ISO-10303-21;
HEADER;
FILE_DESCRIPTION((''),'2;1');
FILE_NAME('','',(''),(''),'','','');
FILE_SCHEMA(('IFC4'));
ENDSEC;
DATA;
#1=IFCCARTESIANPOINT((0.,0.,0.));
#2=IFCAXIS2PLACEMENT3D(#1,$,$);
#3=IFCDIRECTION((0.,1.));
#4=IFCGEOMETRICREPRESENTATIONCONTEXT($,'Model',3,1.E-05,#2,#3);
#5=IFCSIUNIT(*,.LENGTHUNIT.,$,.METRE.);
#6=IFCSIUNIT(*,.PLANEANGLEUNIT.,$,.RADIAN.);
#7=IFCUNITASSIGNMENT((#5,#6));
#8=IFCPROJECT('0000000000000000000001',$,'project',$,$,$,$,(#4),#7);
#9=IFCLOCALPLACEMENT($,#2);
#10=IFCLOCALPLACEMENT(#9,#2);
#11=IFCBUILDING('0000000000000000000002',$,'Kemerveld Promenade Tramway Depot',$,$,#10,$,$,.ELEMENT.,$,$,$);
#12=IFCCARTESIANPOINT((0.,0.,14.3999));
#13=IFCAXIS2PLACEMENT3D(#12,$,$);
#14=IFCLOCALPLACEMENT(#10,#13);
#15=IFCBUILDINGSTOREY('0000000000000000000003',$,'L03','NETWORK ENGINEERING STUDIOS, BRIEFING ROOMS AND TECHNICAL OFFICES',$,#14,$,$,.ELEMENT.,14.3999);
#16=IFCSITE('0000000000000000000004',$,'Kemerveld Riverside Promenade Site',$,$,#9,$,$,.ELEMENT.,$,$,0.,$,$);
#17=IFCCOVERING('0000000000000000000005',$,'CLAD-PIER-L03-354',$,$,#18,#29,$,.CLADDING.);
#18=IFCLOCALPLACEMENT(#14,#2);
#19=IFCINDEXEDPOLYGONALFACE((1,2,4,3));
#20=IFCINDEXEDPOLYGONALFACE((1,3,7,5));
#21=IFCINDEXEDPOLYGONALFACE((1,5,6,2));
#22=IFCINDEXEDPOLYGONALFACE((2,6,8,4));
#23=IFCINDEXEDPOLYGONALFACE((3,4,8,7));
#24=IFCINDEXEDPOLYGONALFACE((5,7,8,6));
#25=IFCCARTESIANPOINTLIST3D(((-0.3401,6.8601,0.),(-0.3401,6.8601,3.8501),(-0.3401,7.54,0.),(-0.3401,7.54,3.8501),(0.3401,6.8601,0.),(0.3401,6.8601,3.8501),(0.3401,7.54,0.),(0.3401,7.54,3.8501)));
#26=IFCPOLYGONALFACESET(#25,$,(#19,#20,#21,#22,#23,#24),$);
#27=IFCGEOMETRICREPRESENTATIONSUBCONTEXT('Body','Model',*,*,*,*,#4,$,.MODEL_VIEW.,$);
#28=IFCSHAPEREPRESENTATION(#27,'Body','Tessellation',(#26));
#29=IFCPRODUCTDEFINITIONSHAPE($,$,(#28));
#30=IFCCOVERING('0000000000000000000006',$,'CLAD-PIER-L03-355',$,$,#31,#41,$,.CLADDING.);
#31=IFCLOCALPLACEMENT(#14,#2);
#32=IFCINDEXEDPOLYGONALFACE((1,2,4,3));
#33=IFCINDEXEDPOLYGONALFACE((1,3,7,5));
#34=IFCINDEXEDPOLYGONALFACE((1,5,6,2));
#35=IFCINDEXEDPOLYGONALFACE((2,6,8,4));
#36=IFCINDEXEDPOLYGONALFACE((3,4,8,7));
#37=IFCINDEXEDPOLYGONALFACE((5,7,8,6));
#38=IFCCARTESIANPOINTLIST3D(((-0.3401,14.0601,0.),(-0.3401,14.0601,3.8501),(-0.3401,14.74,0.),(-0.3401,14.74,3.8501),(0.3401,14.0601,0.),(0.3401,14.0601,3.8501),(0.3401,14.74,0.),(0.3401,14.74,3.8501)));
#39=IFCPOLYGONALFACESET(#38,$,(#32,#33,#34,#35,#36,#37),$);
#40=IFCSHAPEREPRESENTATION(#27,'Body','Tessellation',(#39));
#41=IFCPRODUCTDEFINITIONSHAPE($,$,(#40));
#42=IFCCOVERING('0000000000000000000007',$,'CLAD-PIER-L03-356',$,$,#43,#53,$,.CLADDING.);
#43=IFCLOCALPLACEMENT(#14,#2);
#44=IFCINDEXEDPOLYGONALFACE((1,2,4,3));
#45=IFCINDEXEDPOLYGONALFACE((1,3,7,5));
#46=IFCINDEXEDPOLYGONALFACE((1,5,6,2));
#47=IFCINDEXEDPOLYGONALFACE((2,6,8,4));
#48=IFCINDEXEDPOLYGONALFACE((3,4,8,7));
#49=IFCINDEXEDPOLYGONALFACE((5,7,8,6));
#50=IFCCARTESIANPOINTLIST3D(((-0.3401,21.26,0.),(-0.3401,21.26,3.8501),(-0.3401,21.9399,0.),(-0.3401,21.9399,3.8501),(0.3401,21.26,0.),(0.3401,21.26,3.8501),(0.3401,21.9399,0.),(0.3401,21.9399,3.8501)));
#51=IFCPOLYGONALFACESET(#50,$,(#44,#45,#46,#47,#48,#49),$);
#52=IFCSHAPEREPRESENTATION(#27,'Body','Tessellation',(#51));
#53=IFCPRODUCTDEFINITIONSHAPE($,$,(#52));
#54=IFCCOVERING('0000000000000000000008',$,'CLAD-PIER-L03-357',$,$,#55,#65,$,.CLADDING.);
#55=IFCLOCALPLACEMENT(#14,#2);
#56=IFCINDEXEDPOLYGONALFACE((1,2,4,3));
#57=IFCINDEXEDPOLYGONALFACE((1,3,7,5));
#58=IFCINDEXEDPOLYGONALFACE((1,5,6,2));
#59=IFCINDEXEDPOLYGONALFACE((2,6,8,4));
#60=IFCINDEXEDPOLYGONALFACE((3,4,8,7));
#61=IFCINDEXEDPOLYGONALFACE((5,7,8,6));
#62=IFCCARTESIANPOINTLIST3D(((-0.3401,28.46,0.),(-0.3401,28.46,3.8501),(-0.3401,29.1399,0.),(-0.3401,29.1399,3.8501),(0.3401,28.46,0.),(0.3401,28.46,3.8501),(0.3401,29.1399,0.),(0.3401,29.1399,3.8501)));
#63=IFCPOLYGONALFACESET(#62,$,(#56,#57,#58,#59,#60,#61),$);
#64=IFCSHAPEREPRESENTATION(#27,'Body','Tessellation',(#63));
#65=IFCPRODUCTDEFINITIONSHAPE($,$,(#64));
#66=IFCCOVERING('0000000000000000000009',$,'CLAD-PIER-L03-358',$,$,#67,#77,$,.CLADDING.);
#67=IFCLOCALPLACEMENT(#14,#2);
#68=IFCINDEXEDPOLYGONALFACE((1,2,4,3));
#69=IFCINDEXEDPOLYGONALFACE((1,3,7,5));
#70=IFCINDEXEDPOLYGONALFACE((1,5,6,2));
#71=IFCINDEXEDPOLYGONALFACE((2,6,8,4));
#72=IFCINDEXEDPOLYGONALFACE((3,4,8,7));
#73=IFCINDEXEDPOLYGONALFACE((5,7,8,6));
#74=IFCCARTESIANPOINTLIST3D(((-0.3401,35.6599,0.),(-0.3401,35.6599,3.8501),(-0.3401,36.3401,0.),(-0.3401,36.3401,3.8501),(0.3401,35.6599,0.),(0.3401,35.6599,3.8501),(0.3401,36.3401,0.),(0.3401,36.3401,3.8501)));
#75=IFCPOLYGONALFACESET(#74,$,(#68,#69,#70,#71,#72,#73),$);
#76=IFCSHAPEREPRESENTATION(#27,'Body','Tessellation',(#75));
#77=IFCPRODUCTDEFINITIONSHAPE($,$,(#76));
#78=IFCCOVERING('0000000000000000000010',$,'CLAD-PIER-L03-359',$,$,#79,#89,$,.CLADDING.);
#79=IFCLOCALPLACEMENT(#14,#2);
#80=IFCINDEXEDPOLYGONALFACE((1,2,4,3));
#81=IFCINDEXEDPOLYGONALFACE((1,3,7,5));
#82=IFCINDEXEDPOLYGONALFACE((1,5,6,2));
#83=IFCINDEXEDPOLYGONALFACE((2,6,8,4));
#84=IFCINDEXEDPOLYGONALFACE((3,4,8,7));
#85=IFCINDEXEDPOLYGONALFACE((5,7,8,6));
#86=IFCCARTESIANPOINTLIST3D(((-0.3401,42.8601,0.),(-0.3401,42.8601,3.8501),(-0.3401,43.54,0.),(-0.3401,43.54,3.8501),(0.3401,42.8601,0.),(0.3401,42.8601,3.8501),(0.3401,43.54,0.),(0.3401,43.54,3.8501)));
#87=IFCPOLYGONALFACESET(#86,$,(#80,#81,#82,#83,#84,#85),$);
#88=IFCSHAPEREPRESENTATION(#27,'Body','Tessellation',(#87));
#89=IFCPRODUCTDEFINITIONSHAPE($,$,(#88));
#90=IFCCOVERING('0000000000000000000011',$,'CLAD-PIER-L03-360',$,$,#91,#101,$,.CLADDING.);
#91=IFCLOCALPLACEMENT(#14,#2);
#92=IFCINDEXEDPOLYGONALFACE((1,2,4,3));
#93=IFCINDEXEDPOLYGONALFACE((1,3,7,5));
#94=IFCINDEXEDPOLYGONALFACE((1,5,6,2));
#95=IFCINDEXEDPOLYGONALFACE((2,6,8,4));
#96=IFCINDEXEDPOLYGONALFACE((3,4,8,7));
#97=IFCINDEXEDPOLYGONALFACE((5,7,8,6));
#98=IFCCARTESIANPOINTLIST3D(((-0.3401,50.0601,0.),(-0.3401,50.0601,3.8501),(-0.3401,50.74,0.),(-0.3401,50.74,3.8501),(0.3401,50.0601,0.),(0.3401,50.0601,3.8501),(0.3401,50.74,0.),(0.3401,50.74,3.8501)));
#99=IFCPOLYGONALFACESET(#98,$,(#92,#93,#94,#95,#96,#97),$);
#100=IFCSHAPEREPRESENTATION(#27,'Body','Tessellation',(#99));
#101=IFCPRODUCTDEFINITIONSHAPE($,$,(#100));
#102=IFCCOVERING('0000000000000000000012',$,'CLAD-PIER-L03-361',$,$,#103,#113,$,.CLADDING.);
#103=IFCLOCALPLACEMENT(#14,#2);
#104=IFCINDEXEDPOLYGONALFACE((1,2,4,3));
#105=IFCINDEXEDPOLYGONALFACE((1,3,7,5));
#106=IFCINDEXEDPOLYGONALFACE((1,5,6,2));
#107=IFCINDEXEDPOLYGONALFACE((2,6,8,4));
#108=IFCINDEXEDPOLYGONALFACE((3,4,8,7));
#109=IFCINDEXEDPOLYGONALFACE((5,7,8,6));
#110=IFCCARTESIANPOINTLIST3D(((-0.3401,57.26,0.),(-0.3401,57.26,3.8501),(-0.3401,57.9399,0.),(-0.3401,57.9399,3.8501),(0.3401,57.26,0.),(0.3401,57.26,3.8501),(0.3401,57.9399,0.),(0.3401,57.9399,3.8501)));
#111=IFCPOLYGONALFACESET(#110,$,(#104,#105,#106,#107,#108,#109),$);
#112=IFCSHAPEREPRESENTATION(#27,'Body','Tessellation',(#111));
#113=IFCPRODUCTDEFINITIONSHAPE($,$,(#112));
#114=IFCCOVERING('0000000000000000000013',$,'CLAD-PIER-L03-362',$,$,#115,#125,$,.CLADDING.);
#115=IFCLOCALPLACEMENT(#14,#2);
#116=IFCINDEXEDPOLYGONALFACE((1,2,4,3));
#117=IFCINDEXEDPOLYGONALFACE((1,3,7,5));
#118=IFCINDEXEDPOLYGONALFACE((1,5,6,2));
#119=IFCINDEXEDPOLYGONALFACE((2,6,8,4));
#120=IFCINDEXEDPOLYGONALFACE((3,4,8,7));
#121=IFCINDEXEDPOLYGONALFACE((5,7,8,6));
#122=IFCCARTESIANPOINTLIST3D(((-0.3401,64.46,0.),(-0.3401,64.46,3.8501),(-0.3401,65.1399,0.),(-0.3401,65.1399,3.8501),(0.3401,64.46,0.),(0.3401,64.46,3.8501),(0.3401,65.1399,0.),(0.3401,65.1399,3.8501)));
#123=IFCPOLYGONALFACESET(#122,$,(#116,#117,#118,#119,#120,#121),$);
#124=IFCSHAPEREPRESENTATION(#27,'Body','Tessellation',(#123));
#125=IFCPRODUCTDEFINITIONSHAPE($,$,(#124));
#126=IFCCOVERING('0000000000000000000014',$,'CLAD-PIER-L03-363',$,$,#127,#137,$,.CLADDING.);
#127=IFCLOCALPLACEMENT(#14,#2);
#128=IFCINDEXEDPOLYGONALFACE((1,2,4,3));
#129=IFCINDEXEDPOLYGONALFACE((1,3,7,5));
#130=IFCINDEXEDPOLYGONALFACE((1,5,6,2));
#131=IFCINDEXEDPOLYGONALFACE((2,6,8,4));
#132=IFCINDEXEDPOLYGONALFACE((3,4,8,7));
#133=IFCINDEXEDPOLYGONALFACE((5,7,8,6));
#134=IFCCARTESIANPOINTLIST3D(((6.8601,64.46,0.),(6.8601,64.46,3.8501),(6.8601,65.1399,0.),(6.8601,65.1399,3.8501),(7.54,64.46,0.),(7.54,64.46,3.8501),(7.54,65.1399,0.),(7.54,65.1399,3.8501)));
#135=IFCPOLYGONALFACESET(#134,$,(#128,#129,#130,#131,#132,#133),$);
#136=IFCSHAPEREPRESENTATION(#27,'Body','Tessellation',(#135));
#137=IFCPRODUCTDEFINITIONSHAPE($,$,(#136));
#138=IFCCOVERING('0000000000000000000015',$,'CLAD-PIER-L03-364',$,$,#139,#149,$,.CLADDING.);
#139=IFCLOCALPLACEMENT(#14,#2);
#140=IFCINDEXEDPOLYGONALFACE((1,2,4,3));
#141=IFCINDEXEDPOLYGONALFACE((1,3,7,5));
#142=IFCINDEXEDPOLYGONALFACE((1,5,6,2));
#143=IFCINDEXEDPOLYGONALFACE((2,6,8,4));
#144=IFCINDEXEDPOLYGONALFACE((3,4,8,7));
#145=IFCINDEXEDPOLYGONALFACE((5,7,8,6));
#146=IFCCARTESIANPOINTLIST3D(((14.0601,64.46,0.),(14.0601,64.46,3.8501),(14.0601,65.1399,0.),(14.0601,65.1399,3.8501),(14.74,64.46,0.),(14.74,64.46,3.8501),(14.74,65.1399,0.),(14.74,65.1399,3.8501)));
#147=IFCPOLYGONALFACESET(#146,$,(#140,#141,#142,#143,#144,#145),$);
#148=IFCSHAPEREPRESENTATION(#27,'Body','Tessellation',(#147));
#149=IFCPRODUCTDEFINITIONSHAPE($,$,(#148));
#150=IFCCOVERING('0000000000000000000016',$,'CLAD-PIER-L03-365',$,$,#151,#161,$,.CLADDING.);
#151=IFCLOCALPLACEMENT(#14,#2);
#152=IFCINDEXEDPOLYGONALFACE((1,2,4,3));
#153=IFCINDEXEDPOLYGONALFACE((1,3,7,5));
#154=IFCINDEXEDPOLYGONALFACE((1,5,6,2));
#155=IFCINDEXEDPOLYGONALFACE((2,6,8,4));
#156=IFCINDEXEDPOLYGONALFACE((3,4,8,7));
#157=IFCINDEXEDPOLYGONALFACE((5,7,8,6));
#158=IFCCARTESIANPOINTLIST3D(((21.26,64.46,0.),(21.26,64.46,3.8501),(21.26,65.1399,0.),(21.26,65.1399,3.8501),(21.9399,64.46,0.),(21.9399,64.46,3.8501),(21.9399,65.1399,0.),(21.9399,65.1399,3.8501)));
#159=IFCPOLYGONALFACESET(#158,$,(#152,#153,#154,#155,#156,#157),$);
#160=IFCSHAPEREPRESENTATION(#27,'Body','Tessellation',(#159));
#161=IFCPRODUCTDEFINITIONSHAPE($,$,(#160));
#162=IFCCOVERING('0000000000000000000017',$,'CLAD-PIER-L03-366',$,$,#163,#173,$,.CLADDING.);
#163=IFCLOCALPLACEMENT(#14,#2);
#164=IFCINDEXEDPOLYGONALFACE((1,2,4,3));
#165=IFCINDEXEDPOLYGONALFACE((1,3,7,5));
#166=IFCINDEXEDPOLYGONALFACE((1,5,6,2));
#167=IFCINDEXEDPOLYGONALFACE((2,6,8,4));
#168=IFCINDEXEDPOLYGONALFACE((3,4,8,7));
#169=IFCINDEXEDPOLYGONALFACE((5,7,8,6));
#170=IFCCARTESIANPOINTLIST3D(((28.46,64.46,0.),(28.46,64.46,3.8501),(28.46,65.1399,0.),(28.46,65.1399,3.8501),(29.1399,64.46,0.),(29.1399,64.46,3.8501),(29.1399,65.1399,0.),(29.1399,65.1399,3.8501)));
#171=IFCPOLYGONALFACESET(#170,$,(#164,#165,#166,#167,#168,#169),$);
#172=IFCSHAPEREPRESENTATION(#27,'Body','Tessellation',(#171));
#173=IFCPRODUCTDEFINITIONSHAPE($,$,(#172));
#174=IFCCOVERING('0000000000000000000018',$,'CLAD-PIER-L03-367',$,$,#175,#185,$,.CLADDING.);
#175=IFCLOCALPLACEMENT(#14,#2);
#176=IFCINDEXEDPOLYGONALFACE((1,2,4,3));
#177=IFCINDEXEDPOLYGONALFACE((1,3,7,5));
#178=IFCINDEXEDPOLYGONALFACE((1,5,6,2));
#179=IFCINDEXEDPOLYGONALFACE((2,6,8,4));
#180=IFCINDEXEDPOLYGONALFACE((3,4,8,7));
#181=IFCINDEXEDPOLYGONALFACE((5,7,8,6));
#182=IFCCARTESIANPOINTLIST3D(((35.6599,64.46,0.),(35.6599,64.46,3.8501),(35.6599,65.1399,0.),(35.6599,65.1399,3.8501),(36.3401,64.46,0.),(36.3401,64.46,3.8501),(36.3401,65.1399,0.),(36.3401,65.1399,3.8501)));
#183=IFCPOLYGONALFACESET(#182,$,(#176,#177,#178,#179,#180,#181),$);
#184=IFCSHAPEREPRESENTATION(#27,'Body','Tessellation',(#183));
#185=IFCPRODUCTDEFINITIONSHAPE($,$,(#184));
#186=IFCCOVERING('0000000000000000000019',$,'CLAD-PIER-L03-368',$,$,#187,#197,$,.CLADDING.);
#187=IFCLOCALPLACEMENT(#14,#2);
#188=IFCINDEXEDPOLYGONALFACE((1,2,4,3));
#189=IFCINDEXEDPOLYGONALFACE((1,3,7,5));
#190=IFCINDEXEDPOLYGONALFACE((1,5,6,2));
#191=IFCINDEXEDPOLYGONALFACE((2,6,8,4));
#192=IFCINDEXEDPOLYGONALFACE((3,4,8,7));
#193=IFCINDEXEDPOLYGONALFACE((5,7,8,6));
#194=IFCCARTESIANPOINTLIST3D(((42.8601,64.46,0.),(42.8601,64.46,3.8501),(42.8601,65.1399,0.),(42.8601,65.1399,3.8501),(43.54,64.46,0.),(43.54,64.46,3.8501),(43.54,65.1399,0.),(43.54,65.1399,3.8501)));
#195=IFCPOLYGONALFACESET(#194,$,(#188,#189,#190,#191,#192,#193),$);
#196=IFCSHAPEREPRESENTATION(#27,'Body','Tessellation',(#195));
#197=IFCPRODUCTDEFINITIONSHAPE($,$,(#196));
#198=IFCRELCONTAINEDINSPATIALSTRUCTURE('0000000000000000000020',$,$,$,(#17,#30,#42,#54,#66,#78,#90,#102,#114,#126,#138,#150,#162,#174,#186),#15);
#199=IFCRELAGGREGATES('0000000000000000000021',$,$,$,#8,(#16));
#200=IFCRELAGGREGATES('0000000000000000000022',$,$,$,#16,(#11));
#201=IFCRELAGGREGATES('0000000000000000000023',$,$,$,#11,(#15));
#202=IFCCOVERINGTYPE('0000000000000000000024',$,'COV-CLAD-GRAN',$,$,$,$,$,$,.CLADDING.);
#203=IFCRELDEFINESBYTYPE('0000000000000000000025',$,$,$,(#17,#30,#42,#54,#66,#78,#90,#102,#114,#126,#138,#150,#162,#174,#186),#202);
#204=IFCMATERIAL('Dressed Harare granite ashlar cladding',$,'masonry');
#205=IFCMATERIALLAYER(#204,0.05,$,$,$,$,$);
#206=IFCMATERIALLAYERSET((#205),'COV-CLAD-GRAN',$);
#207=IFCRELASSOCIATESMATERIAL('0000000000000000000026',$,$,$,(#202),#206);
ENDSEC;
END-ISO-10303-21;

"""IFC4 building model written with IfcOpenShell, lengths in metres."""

from ifc_helpers import new_model, si_unit, direction, frame, origin, place, context, subcontext, project, spatial, polyline, outline, extrude, material, layer, layer_set, type_object, element, save


model = new_model("IFC4")

# Units and contexts
model_context = context("Model", 3, precision=1e-05, world=origin(), true_north=direction((0.0, 1.0)))
body_context = subcontext(model_context, "Body", "Model", "MODEL_VIEW")
ifc_project = project(units=[si_unit("LENGTHUNIT", "METRE"), si_unit("PLANEANGLEUNIT", "RADIAN")], contexts=[model_context])

# Site, building, storey
site_placement = place(None, origin())
site = spatial("IfcSite", under=ifc_project, at=site_placement, Name="Kemerveld Riverside Promenade Site", CompositionType="ELEMENT", RefElevation=0.0)
building_placement = place(site_placement, origin())
building = spatial("IfcBuilding", under=site, at=building_placement, Name="Kemerveld Promenade Tramway Depot", CompositionType="ELEMENT")
storey_placement = place(building_placement, frame((0.0, 0.0, 14.3999)))
storey = spatial("IfcBuildingStorey", under=building, at=storey_placement, Name="L03", Description="NETWORK ENGINEERING STUDIOS, BRIEFING ROOMS AND TECHNICAL OFFICES", CompositionType="ELEMENT", Elevation=14.3999)

# Coverings
ifc_material_1 = material(Name="Dressed Harare granite ashlar cladding", Category="masonry")
ifc_layer_1 = layer(ifc_material_1, 0.05)
ifc_layer_set_1 = layer_set([ifc_layer_1], Name="COV-CLAD-GRAN")
covering_type = type_object("IfcCoveringType", Name="COV-CLAD-GRAN", PredefinedType="CLADDING", material=ifc_layer_set_1)
covering_1_placement = place(storey_placement, origin())
element("IfcCovering", 1, at=covering_1_placement, inside=storey, type_object=covering_type, Name="CLAD-PIER-L03-354", PredefinedType="CLADDING", context=body_context, shape_type="SweptSolid", body=[
    extrude(outline(polyline([(-0.3401, 6.8601), (0.3401, 6.8601), (0.3401, 7.54), (-0.3401, 7.54), (-0.3401, 6.8601)])), origin(), (0.0, 0.0, 1.0), 3.8501),
])
covering_2_placement = place(storey_placement, origin())
element("IfcCovering", 2, at=covering_2_placement, inside=storey, type_object=covering_type, Name="CLAD-PIER-L03-355", PredefinedType="CLADDING", context=body_context, shape_type="SweptSolid", body=[
    extrude(outline(polyline([(-0.3401, 14.0601), (0.3401, 14.0601), (0.3401, 14.74), (-0.3401, 14.74), (-0.3401, 14.0601)])), origin(), (0.0, 0.0, 1.0), 3.8501),
])
covering_3_placement = place(storey_placement, origin())
element("IfcCovering", 3, at=covering_3_placement, inside=storey, type_object=covering_type, Name="CLAD-PIER-L03-356", PredefinedType="CLADDING", context=body_context, shape_type="SweptSolid", body=[
    extrude(outline(polyline([(-0.3401, 21.26), (0.3401, 21.26), (0.3401, 21.9399), (-0.3401, 21.9399), (-0.3401, 21.26)])), origin(), (0.0, 0.0, 1.0), 3.8501),
])
covering_4_placement = place(storey_placement, origin())
element("IfcCovering", 4, at=covering_4_placement, inside=storey, type_object=covering_type, Name="CLAD-PIER-L03-357", PredefinedType="CLADDING", context=body_context, shape_type="SweptSolid", body=[
    extrude(outline(polyline([(-0.3401, 28.46), (0.3401, 28.46), (0.3401, 29.1399), (-0.3401, 29.1399), (-0.3401, 28.46)])), origin(), (0.0, 0.0, 1.0), 3.8501),
])
covering_5_placement = place(storey_placement, origin())
element("IfcCovering", 5, at=covering_5_placement, inside=storey, type_object=covering_type, Name="CLAD-PIER-L03-358", PredefinedType="CLADDING", context=body_context, shape_type="SweptSolid", body=[
    extrude(outline(polyline([(-0.3401, 35.6599), (0.3401, 35.6599), (0.3401, 36.3401), (-0.3401, 36.3401), (-0.3401, 35.6599)])), origin(), (0.0, 0.0, 1.0), 3.8501),
])
covering_6_placement = place(storey_placement, origin())
element("IfcCovering", 6, at=covering_6_placement, inside=storey, type_object=covering_type, Name="CLAD-PIER-L03-359", PredefinedType="CLADDING", context=body_context, shape_type="SweptSolid", body=[
    extrude(outline(polyline([(-0.3401, 42.8601), (0.3401, 42.8601), (0.3401, 43.54), (-0.3401, 43.54), (-0.3401, 42.8601)])), origin(), (0.0, 0.0, 1.0), 3.8501),
])
covering_7_placement = place(storey_placement, origin())
element("IfcCovering", 7, at=covering_7_placement, inside=storey, type_object=covering_type, Name="CLAD-PIER-L03-360", PredefinedType="CLADDING", context=body_context, shape_type="SweptSolid", body=[
    extrude(outline(polyline([(-0.3401, 50.0601), (0.3401, 50.0601), (0.3401, 50.74), (-0.3401, 50.74), (-0.3401, 50.0601)])), origin(), (0.0, 0.0, 1.0), 3.8501),
])
covering_8_placement = place(storey_placement, origin())
element("IfcCovering", 8, at=covering_8_placement, inside=storey, type_object=covering_type, Name="CLAD-PIER-L03-361", PredefinedType="CLADDING", context=body_context, shape_type="SweptSolid", body=[
    extrude(outline(polyline([(-0.3401, 57.26), (0.3401, 57.26), (0.3401, 57.9399), (-0.3401, 57.9399), (-0.3401, 57.26)])), origin(), (0.0, 0.0, 1.0), 3.8501),
])
covering_9_placement = place(storey_placement, origin())
element("IfcCovering", 9, at=covering_9_placement, inside=storey, type_object=covering_type, Name="CLAD-PIER-L03-362", PredefinedType="CLADDING", context=body_context, shape_type="SweptSolid", body=[
    extrude(outline(polyline([(-0.3401, 64.46), (0.3401, 64.46), (0.3401, 65.1399), (-0.3401, 65.1399), (-0.3401, 64.46)])), origin(), (0.0, 0.0, 1.0), 3.8501),
])
covering_10_placement = place(storey_placement, origin())
element("IfcCovering", 10, at=covering_10_placement, inside=storey, type_object=covering_type, Name="CLAD-PIER-L03-363", PredefinedType="CLADDING", context=body_context, shape_type="SweptSolid", body=[
    extrude(outline(polyline([(6.8601, 64.46), (7.54, 64.46), (7.54, 65.1399), (6.8601, 65.1399), (6.8601, 64.46)])), origin(), (0.0, 0.0, 1.0), 3.8501),
])
covering_11_placement = place(storey_placement, origin())
element("IfcCovering", 11, at=covering_11_placement, inside=storey, type_object=covering_type, Name="CLAD-PIER-L03-364", PredefinedType="CLADDING", context=body_context, shape_type="SweptSolid", body=[
    extrude(outline(polyline([(14.0601, 64.46), (14.74, 64.46), (14.74, 65.1399), (14.0601, 65.1399), (14.0601, 64.46)])), origin(), (0.0, 0.0, 1.0), 3.8501),
])
covering_12_placement = place(storey_placement, origin())
element("IfcCovering", 12, at=covering_12_placement, inside=storey, type_object=covering_type, Name="CLAD-PIER-L03-365", PredefinedType="CLADDING", context=body_context, shape_type="SweptSolid", body=[
    extrude(outline(polyline([(21.26, 64.46), (21.9399, 64.46), (21.9399, 65.1399), (21.26, 65.1399), (21.26, 64.46)])), origin(), (0.0, 0.0, 1.0), 3.8501),
])
covering_13_placement = place(storey_placement, origin())
element("IfcCovering", 13, at=covering_13_placement, inside=storey, type_object=covering_type, Name="CLAD-PIER-L03-366", PredefinedType="CLADDING", context=body_context, shape_type="SweptSolid", body=[
    extrude(outline(polyline([(28.46, 64.46), (29.1399, 64.46), (29.1399, 65.1399), (28.46, 65.1399), (28.46, 64.46)])), origin(), (0.0, 0.0, 1.0), 3.8501),
])
covering_14_placement = place(storey_placement, origin())
element("IfcCovering", 14, at=covering_14_placement, inside=storey, type_object=covering_type, Name="CLAD-PIER-L03-367", PredefinedType="CLADDING", context=body_context, shape_type="SweptSolid", body=[
    extrude(outline(polyline([(35.6599, 64.46), (36.3401, 64.46), (36.3401, 65.1399), (35.6599, 65.1399), (35.6599, 64.46)])), origin(), (0.0, 0.0, 1.0), 3.8501),
])
covering_15_placement = place(storey_placement, origin())
element("IfcCovering", 15, at=covering_15_placement, inside=storey, type_object=covering_type, Name="CLAD-PIER-L03-368", PredefinedType="CLADDING", context=body_context, shape_type="SweptSolid", body=[
    extrude(outline(polyline([(42.8601, 64.46), (43.54, 64.46), (43.54, 65.1399), (42.8601, 65.1399), (42.8601, 64.46)])), origin(), (0.0, 0.0, 1.0), 3.8501),
])

save(model, "model.ifc")
